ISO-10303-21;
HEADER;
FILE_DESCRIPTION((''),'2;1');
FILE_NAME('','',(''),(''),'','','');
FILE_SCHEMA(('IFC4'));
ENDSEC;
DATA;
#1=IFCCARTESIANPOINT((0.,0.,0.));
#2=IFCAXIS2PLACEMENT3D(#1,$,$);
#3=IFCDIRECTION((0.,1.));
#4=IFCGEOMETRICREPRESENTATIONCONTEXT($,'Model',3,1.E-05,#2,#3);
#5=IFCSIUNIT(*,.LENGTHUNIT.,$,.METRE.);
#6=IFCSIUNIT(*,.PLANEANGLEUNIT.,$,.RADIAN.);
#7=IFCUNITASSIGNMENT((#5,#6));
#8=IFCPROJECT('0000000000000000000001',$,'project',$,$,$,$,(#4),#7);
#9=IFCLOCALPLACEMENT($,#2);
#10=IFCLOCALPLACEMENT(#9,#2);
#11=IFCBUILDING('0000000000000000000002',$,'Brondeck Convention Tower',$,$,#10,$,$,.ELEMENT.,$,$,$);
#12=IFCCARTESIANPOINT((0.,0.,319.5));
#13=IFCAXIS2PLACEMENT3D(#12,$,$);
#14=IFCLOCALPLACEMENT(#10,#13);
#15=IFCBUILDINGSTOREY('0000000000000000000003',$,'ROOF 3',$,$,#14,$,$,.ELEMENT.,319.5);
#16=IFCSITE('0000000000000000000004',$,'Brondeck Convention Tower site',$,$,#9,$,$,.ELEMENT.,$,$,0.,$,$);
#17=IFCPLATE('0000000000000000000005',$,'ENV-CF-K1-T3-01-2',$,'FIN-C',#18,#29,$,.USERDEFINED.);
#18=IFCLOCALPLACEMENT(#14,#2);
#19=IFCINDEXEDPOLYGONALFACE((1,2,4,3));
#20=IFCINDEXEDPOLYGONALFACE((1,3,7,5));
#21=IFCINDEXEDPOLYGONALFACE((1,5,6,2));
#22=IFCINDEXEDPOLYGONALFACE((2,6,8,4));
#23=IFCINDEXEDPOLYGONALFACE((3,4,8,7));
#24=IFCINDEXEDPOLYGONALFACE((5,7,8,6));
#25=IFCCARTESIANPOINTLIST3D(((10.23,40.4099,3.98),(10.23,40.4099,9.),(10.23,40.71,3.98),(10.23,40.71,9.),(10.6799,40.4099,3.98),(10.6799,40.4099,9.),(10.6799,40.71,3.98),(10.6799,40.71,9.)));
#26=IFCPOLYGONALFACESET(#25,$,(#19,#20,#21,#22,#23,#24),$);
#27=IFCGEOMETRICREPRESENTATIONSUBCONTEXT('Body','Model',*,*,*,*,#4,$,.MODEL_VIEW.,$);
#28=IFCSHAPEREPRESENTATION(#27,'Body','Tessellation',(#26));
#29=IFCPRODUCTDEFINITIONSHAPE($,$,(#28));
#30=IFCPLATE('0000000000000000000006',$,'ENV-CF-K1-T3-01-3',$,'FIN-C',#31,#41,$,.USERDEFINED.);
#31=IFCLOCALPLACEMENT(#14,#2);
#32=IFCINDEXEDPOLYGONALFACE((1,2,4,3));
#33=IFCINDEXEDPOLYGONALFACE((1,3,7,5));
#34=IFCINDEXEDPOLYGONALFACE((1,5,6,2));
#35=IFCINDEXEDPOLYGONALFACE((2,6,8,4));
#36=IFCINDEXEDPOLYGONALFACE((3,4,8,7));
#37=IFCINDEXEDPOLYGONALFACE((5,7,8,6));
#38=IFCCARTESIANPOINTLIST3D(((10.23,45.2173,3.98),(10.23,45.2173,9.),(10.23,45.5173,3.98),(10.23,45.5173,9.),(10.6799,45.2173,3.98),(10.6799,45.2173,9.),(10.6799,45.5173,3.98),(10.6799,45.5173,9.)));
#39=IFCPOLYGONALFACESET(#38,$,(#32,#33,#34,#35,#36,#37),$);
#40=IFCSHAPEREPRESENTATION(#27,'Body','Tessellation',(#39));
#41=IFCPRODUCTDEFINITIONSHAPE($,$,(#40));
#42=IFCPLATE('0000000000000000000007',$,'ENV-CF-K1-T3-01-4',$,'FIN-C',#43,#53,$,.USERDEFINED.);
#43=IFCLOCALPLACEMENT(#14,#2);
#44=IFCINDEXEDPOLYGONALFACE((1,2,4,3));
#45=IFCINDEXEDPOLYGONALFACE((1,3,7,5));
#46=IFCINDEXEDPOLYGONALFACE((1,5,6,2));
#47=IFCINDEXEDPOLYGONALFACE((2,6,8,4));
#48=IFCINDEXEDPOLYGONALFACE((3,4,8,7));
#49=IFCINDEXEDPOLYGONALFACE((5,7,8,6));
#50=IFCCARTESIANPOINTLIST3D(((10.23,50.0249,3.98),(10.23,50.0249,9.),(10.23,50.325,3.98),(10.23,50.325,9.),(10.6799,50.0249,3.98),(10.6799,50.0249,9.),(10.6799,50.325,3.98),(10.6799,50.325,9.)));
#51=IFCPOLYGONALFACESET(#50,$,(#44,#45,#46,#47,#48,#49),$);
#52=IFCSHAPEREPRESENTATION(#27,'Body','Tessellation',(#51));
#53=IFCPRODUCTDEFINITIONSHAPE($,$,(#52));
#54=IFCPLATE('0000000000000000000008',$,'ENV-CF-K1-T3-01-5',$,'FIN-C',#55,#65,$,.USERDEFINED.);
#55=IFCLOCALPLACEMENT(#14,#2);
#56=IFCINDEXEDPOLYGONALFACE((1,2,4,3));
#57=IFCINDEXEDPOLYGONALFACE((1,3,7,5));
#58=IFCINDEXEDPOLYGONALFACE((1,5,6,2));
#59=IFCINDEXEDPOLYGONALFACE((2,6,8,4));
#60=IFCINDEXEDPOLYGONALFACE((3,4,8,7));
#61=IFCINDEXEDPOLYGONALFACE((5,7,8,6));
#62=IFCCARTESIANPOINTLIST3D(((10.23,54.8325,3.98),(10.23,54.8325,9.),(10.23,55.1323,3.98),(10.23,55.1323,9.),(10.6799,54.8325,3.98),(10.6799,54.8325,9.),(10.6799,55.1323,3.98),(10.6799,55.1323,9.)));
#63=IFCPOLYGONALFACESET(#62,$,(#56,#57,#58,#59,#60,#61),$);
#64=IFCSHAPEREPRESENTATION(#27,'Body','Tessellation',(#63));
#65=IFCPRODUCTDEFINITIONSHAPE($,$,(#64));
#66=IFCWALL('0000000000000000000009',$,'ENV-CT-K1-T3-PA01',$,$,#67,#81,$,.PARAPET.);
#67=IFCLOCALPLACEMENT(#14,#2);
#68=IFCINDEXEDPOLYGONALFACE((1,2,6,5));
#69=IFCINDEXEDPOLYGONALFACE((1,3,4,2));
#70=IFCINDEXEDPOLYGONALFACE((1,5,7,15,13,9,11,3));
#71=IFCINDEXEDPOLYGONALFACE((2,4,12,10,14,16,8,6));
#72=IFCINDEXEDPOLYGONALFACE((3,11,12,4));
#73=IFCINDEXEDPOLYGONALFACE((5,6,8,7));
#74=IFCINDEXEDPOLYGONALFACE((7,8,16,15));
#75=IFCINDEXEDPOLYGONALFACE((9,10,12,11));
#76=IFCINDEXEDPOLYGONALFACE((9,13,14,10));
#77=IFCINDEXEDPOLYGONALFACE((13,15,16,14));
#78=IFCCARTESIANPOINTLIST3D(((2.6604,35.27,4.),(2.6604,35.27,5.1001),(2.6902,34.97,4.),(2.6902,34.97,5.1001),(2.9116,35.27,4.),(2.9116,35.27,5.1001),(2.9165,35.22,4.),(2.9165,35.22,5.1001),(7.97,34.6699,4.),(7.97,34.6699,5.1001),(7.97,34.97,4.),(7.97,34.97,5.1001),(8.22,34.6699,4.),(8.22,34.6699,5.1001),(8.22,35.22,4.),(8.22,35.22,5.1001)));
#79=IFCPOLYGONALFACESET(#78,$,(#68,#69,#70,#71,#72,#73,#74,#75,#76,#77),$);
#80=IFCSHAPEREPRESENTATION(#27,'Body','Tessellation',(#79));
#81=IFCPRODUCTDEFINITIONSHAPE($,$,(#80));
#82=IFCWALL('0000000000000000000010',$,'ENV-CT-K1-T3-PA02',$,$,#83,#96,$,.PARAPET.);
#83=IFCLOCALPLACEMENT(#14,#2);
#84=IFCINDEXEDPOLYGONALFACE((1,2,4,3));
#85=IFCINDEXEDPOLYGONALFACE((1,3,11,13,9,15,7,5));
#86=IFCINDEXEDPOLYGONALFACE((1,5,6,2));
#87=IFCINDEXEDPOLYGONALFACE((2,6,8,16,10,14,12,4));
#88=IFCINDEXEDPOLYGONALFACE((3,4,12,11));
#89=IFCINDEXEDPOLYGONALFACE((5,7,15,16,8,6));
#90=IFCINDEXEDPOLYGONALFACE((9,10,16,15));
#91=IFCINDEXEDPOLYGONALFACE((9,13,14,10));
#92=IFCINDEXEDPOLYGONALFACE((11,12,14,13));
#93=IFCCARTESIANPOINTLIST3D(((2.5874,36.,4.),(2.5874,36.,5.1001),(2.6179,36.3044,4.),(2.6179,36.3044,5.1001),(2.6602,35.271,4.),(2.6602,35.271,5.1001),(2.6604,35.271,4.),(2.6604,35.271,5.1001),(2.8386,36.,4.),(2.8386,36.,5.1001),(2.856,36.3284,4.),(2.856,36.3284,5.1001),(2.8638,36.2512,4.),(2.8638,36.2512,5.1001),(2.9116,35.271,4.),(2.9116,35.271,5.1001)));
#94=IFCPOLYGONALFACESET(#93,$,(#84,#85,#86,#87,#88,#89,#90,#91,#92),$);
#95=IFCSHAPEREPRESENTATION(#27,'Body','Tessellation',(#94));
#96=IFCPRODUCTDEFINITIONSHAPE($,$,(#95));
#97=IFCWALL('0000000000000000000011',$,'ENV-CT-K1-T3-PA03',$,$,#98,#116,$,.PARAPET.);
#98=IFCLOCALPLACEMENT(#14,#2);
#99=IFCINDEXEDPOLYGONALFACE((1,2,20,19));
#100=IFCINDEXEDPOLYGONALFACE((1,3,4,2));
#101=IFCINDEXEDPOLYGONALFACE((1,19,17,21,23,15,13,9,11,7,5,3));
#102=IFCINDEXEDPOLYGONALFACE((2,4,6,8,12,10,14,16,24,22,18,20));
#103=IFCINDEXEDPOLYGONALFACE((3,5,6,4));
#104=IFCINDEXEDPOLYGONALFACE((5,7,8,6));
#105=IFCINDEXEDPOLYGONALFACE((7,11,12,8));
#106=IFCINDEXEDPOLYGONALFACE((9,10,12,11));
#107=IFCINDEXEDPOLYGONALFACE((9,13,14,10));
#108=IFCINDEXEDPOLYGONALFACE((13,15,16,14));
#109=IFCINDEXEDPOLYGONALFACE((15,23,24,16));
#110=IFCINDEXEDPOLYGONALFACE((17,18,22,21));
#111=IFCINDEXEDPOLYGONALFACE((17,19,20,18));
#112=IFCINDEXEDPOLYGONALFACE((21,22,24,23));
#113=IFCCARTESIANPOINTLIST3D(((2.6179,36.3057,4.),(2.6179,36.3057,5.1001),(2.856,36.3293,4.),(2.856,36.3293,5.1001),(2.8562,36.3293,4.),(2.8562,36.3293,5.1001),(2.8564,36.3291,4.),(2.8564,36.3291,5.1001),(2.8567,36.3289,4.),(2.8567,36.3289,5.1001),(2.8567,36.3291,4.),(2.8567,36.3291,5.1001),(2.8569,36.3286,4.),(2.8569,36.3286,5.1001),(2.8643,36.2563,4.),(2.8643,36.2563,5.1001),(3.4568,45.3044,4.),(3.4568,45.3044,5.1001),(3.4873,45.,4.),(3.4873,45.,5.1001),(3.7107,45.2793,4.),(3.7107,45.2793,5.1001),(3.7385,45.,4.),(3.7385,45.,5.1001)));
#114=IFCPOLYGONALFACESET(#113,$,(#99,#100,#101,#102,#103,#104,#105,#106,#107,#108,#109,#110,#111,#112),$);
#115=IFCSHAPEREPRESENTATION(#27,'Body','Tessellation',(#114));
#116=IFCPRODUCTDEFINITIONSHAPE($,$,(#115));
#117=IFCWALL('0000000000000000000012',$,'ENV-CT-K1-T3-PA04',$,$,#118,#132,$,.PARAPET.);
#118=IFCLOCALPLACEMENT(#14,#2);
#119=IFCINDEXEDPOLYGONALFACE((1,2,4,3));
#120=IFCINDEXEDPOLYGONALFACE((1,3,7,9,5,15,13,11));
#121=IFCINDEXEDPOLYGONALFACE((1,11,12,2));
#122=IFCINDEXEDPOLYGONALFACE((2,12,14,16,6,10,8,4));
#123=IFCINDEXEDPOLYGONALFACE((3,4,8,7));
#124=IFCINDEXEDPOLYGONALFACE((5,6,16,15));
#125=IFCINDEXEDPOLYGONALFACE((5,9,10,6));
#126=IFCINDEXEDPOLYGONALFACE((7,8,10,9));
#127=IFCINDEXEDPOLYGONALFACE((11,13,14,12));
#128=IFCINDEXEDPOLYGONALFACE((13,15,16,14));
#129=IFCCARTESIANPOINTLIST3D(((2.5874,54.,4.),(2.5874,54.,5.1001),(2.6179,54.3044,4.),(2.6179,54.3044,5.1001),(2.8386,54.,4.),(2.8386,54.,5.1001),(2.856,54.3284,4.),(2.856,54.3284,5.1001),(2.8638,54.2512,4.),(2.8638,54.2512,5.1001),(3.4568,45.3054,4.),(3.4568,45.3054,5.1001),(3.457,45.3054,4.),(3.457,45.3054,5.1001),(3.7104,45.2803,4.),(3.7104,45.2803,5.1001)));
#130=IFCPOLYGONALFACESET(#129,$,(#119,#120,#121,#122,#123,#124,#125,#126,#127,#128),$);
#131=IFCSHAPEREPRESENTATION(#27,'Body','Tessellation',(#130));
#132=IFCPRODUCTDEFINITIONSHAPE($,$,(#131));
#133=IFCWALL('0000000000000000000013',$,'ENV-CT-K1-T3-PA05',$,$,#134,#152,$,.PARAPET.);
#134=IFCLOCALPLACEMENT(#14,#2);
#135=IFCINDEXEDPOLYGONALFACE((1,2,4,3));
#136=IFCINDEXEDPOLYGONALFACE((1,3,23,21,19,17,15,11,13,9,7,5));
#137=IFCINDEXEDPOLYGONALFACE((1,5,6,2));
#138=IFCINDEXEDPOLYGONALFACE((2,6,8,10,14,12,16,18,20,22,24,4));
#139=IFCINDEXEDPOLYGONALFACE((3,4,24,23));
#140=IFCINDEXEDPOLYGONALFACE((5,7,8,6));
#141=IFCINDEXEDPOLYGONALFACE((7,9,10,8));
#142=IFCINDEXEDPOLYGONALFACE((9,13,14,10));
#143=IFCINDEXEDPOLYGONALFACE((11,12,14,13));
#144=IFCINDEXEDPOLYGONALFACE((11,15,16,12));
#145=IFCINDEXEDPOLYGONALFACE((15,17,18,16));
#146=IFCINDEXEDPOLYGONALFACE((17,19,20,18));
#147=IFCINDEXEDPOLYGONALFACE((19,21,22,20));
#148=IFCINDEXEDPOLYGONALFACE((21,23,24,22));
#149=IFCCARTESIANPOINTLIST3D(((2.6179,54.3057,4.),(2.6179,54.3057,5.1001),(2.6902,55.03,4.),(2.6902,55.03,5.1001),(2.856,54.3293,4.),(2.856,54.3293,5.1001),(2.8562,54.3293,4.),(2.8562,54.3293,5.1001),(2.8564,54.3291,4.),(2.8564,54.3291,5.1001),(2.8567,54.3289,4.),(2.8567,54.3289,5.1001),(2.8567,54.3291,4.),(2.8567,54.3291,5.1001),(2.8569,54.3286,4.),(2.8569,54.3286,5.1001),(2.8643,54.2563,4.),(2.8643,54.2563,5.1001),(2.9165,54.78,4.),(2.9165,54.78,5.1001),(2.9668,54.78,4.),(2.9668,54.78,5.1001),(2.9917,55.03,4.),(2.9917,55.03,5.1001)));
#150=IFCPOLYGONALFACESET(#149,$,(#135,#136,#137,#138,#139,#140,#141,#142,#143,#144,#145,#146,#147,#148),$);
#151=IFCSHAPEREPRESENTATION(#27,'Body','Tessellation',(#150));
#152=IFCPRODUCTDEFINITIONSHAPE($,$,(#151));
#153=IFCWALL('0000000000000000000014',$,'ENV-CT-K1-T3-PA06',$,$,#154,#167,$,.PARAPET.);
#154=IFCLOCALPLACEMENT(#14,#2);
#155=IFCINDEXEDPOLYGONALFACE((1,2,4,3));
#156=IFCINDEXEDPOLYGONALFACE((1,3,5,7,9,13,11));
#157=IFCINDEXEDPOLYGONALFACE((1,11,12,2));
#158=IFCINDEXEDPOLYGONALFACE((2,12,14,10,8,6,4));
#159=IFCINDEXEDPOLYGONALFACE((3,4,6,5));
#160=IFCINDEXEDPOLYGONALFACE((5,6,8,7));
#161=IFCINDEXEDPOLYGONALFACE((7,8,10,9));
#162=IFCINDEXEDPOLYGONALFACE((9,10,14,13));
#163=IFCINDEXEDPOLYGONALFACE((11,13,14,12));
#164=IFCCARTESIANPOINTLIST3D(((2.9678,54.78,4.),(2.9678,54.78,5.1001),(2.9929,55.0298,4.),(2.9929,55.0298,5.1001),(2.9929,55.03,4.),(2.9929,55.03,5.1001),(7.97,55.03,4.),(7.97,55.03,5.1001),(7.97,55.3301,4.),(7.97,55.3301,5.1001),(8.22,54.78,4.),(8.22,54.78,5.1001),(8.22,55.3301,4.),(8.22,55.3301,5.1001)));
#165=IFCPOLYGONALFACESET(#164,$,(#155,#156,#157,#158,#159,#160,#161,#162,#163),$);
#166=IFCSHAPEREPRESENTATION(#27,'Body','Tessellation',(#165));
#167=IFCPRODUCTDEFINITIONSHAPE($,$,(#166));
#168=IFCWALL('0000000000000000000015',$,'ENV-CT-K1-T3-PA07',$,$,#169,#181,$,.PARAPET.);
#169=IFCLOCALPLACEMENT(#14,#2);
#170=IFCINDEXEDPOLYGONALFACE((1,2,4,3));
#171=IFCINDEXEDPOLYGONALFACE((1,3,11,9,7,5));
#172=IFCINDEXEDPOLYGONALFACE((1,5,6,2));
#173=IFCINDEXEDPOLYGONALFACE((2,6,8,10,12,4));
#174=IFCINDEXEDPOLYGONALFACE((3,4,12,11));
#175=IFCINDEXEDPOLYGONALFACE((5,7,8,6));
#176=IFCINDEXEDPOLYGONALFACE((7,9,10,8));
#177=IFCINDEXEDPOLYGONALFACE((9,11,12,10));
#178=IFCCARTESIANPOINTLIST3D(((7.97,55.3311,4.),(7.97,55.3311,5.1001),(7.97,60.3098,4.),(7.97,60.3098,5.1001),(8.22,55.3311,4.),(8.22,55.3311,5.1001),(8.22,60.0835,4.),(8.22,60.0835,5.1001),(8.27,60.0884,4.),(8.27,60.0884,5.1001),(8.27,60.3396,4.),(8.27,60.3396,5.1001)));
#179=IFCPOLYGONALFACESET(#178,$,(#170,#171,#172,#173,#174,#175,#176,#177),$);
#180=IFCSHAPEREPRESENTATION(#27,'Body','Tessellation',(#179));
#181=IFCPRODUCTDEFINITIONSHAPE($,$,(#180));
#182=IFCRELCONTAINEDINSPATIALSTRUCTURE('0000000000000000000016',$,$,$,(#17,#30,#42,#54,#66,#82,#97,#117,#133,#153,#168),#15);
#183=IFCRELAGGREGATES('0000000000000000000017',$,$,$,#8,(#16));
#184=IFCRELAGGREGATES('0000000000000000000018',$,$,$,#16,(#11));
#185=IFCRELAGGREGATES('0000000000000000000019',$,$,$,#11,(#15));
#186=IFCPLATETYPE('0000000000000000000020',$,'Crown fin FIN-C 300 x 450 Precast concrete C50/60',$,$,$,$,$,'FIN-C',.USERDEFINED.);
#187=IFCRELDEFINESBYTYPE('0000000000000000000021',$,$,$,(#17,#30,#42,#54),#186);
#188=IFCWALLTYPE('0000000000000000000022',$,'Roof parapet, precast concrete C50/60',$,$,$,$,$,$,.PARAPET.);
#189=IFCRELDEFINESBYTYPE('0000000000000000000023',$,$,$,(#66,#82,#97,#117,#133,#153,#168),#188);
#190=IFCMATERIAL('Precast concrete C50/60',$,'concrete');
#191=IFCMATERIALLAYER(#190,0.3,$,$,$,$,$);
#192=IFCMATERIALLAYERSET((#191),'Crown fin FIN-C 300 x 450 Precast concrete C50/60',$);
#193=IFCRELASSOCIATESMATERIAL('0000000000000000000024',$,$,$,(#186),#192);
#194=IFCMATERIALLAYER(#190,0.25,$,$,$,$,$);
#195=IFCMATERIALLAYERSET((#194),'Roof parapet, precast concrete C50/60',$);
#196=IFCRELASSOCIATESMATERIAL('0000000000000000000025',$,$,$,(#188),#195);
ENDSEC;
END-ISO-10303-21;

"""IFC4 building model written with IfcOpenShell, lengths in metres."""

from ifc_helpers import new_model, si_unit, direction, frame, origin, place, context, subcontext, project, spatial, polyline, outline, extrude, material, layer, layer_set, type_object, element, save


model = new_model("IFC4")

# Units and contexts
model_context = context("Model", 3, precision=1e-05, world=origin(), true_north=direction((0.0, 1.0)))
body_context = subcontext(model_context, "Body", "Model", "MODEL_VIEW")
ifc_project = project(units=[si_unit("LENGTHUNIT", "METRE"), si_unit("PLANEANGLEUNIT", "RADIAN")], contexts=[model_context])

# Site, building, storey
site_placement = place(None, origin())
site = spatial("IfcSite", under=ifc_project, at=site_placement, Name="Brondeck Convention Tower site", CompositionType="ELEMENT", RefElevation=0.0)
building_placement = place(site_placement, origin())
building = spatial("IfcBuilding", under=site, at=building_placement, Name="Brondeck Convention Tower", CompositionType="ELEMENT")
storey_placement = place(building_placement, frame((0.0, 0.0, 319.5)))
storey = spatial("IfcBuildingStorey", under=building, at=storey_placement, Name="ROOF 3", CompositionType="ELEMENT", Elevation=319.5)

# Plates
ifc_material_1 = material(Name="Precast concrete C50/60", Category="concrete")
ifc_layer_1 = layer(ifc_material_1, 0.3)
ifc_layer_set_1 = layer_set([ifc_layer_1], Name="Crown fin FIN-C 300 x 450 Precast concrete C50/60")
plate_type = type_object("IfcPlateType", Name="Crown fin FIN-C 300 x 450 Precast concrete C50/60", ElementType="FIN-C", PredefinedType="USERDEFINED", material=ifc_layer_set_1)
plate_1_placement = place(storey_placement, frame((0.0, 0.0, 3.98)))
element("IfcPlate", 1, at=plate_1_placement, inside=storey, type_object=plate_type, Name="ENV-CF-K1-T3-01-2", ObjectType="FIN-C", PredefinedType="USERDEFINED", context=body_context, shape_type="SweptSolid", body=[
    extrude(outline(polyline([(10.23, 40.71), (10.23, 40.4099), (10.6799, 40.4099), (10.6799, 40.71), (10.23, 40.71)])), origin(), (0.0, 0.0, 1.0), 5.02),
])
plate_2_placement = place(storey_placement, frame((0.0, 0.0, 3.98)))
element("IfcPlate", 2, at=plate_2_placement, inside=storey, type_object=plate_type, Name="ENV-CF-K1-T3-01-3", ObjectType="FIN-C", PredefinedType="USERDEFINED", context=body_context, shape_type="SweptSolid", body=[
    extrude(outline(polyline([(10.23, 45.5173), (10.23, 45.2173), (10.6799, 45.2173), (10.6799, 45.5173), (10.23, 45.5173)])), origin(), (0.0, 0.0, 1.0), 5.02),
])
plate_3_placement = place(storey_placement, frame((0.0, 0.0, 3.98)))
element("IfcPlate", 3, at=plate_3_placement, inside=storey, type_object=plate_type, Name="ENV-CF-K1-T3-01-4", ObjectType="FIN-C", PredefinedType="USERDEFINED", context=body_context, shape_type="SweptSolid", body=[
    extrude(outline(polyline([(10.23, 50.325), (10.23, 50.0249), (10.6799, 50.0249), (10.6799, 50.325), (10.23, 50.325)])), origin(), (0.0, 0.0, 1.0), 5.02),
])
plate_4_placement = place(storey_placement, frame((0.0, 0.0, 3.98)))
element("IfcPlate", 4, at=plate_4_placement, inside=storey, type_object=plate_type, Name="ENV-CF-K1-T3-01-5", ObjectType="FIN-C", PredefinedType="USERDEFINED", context=body_context, shape_type="SweptSolid", body=[
    extrude(outline(polyline([(10.23, 55.1323), (10.23, 54.8325), (10.6799, 54.8325), (10.6799, 55.1323), (10.23, 55.1323)])), origin(), (0.0, 0.0, 1.0), 5.02),
])

# Walls
ifc_layer_2 = layer(ifc_material_1, 0.25)
ifc_layer_set_2 = layer_set([ifc_layer_2], Name="Roof parapet, precast concrete C50/60")
wall_type = type_object("IfcWallType", Name="Roof parapet, precast concrete C50/60", PredefinedType="PARAPET", material=ifc_layer_set_2)
wall_1_placement = place(storey_placement, frame((0.0, 0.0, 4.0)))
element("IfcWall", 5, at=wall_1_placement, inside=storey, type_object=wall_type, Name="ENV-CT-K1-T3-PA01", PredefinedType="PARAPET", context=body_context, shape_type="SweptSolid", body=[
    extrude(outline(polyline([(2.9116, 35.27), (2.6604, 35.27), (2.6902, 34.97), (7.97, 34.97), (7.97, 34.6699), (8.22, 34.6699), (8.22, 35.22), (2.9165, 35.22), (2.9116, 35.27)])), origin(), (0.0, 0.0, 1.0), 1.1001),
])
wall_2_placement = place(storey_placement, frame((0.0, 0.0, 4.0)))
element("IfcWall", 6, at=wall_2_placement, inside=storey, type_object=wall_type, Name="ENV-CT-K1-T3-PA02", PredefinedType="PARAPET", context=body_context, shape_type="SweptSolid", body=[
    extrude(outline(polyline([(2.8638, 36.2512), (2.856, 36.3284), (2.6179, 36.3044), (2.5874, 36.0), (2.6602, 35.271), (2.6602, 35.271), (2.6604, 35.271), (2.9116, 35.271), (2.8386, 36.0), (2.8638, 36.2512)])), origin(), (0.0, 0.0, 1.0), 1.1001),
])
wall_3_placement = place(storey_placement, frame((0.0, 0.0, 4.0)))
element("IfcWall", 7, at=wall_3_placement, inside=storey, type_object=wall_type, Name="ENV-CT-K1-T3-PA03", PredefinedType="PARAPET", context=body_context, shape_type="SweptSolid", body=[
    extrude(outline(polyline([(3.7385, 45.0), (3.7107, 45.2793), (3.4568, 45.3044), (3.4873, 45.0), (2.6179, 36.3057), (2.856, 36.3293), (2.856, 36.3293), (2.8562, 36.3293), (2.8562, 36.3293), (2.8562, 36.3293), (2.8562, 36.3293), (2.8564, 36.3291), (2.8564, 36.3291), (2.8567, 36.3291), (2.8567, 36.3291), (2.8567, 36.3291), (2.8567, 36.3289), (2.8567, 36.3289), (2.8569, 36.3286), (2.8569, 36.3286), (2.8569, 36.3286), (2.8569, 36.3286), (2.8643, 36.2563), (3.7385, 45.0)])), origin(), (0.0, 0.0, 1.0), 1.1001),
])
wall_4_placement = place(storey_placement, frame((0.0, 0.0, 4.0)))
element("IfcWall", 8, at=wall_4_placement, inside=storey, type_object=wall_type, Name="ENV-CT-K1-T3-PA04", PredefinedType="PARAPET", context=body_context, shape_type="SweptSolid", body=[
    extrude(outline(polyline([(2.8638, 54.2512), (2.856, 54.3284), (2.6179, 54.3044), (2.5874, 54.0), (3.4568, 45.3054), (3.4568, 45.3054), (3.4568, 45.3054), (3.457, 45.3054), (3.7104, 45.2803), (2.8386, 54.0), (2.8638, 54.2512)])), origin(), (0.0, 0.0, 1.0), 1.1001),
])
wall_5_placement = place(storey_placement, frame((0.0, 0.0, 4.0)))
element("IfcWall", 9, at=wall_5_placement, inside=storey, type_object=wall_type, Name="ENV-CT-K1-T3-PA05", PredefinedType="PARAPET", context=body_context, shape_type="SweptSolid", body=[
    extrude(outline(polyline([(2.9165, 54.78), (2.9668, 54.78), (2.9917, 55.03), (2.6902, 55.03), (2.6179, 54.3057), (2.856, 54.3293), (2.856, 54.3293), (2.8562, 54.3293), (2.8562, 54.3293), (2.8562, 54.3293), (2.8562, 54.3293), (2.8564, 54.3291), (2.8564, 54.3291), (2.8567, 54.3291), (2.8567, 54.3291), (2.8567, 54.3291), (2.8567, 54.3289), (2.8567, 54.3289), (2.8569, 54.3286), (2.8569, 54.3286), (2.8569, 54.3286), (2.8569, 54.3286), (2.8643, 54.2563), (2.9165, 54.78)])), origin(), (0.0, 0.0, 1.0), 1.1001),
])
wall_6_placement = place(storey_placement, frame((0.0, 0.0, 4.0)))
element("IfcWall", 10, at=wall_6_placement, inside=storey, type_object=wall_type, Name="ENV-CT-K1-T3-PA06", PredefinedType="PARAPET", context=body_context, shape_type="SweptSolid", body=[
    extrude(outline(polyline([(8.22, 54.78), (8.22, 55.3301), (7.97, 55.3301), (7.97, 55.03), (2.9929, 55.03), (2.9929, 55.03), (2.9929, 55.0298), (2.9678, 54.78), (8.22, 54.78)])), origin(), (0.0, 0.0, 1.0), 1.1001),
])
wall_7_placement = place(storey_placement, frame((0.0, 0.0, 4.0)))
element("IfcWall", 11, at=wall_7_placement, inside=storey, type_object=wall_type, Name="ENV-CT-K1-T3-PA07", PredefinedType="PARAPET", context=body_context, shape_type="SweptSolid", body=[
    extrude(outline(polyline([(8.22, 60.0835), (8.27, 60.0884), (8.27, 60.3396), (7.97, 60.3098), (7.97, 55.3311), (8.22, 55.3311), (8.22, 60.0835)])), origin(), (0.0, 0.0, 1.0), 1.1001),
])

save(model, "model.ifc")
